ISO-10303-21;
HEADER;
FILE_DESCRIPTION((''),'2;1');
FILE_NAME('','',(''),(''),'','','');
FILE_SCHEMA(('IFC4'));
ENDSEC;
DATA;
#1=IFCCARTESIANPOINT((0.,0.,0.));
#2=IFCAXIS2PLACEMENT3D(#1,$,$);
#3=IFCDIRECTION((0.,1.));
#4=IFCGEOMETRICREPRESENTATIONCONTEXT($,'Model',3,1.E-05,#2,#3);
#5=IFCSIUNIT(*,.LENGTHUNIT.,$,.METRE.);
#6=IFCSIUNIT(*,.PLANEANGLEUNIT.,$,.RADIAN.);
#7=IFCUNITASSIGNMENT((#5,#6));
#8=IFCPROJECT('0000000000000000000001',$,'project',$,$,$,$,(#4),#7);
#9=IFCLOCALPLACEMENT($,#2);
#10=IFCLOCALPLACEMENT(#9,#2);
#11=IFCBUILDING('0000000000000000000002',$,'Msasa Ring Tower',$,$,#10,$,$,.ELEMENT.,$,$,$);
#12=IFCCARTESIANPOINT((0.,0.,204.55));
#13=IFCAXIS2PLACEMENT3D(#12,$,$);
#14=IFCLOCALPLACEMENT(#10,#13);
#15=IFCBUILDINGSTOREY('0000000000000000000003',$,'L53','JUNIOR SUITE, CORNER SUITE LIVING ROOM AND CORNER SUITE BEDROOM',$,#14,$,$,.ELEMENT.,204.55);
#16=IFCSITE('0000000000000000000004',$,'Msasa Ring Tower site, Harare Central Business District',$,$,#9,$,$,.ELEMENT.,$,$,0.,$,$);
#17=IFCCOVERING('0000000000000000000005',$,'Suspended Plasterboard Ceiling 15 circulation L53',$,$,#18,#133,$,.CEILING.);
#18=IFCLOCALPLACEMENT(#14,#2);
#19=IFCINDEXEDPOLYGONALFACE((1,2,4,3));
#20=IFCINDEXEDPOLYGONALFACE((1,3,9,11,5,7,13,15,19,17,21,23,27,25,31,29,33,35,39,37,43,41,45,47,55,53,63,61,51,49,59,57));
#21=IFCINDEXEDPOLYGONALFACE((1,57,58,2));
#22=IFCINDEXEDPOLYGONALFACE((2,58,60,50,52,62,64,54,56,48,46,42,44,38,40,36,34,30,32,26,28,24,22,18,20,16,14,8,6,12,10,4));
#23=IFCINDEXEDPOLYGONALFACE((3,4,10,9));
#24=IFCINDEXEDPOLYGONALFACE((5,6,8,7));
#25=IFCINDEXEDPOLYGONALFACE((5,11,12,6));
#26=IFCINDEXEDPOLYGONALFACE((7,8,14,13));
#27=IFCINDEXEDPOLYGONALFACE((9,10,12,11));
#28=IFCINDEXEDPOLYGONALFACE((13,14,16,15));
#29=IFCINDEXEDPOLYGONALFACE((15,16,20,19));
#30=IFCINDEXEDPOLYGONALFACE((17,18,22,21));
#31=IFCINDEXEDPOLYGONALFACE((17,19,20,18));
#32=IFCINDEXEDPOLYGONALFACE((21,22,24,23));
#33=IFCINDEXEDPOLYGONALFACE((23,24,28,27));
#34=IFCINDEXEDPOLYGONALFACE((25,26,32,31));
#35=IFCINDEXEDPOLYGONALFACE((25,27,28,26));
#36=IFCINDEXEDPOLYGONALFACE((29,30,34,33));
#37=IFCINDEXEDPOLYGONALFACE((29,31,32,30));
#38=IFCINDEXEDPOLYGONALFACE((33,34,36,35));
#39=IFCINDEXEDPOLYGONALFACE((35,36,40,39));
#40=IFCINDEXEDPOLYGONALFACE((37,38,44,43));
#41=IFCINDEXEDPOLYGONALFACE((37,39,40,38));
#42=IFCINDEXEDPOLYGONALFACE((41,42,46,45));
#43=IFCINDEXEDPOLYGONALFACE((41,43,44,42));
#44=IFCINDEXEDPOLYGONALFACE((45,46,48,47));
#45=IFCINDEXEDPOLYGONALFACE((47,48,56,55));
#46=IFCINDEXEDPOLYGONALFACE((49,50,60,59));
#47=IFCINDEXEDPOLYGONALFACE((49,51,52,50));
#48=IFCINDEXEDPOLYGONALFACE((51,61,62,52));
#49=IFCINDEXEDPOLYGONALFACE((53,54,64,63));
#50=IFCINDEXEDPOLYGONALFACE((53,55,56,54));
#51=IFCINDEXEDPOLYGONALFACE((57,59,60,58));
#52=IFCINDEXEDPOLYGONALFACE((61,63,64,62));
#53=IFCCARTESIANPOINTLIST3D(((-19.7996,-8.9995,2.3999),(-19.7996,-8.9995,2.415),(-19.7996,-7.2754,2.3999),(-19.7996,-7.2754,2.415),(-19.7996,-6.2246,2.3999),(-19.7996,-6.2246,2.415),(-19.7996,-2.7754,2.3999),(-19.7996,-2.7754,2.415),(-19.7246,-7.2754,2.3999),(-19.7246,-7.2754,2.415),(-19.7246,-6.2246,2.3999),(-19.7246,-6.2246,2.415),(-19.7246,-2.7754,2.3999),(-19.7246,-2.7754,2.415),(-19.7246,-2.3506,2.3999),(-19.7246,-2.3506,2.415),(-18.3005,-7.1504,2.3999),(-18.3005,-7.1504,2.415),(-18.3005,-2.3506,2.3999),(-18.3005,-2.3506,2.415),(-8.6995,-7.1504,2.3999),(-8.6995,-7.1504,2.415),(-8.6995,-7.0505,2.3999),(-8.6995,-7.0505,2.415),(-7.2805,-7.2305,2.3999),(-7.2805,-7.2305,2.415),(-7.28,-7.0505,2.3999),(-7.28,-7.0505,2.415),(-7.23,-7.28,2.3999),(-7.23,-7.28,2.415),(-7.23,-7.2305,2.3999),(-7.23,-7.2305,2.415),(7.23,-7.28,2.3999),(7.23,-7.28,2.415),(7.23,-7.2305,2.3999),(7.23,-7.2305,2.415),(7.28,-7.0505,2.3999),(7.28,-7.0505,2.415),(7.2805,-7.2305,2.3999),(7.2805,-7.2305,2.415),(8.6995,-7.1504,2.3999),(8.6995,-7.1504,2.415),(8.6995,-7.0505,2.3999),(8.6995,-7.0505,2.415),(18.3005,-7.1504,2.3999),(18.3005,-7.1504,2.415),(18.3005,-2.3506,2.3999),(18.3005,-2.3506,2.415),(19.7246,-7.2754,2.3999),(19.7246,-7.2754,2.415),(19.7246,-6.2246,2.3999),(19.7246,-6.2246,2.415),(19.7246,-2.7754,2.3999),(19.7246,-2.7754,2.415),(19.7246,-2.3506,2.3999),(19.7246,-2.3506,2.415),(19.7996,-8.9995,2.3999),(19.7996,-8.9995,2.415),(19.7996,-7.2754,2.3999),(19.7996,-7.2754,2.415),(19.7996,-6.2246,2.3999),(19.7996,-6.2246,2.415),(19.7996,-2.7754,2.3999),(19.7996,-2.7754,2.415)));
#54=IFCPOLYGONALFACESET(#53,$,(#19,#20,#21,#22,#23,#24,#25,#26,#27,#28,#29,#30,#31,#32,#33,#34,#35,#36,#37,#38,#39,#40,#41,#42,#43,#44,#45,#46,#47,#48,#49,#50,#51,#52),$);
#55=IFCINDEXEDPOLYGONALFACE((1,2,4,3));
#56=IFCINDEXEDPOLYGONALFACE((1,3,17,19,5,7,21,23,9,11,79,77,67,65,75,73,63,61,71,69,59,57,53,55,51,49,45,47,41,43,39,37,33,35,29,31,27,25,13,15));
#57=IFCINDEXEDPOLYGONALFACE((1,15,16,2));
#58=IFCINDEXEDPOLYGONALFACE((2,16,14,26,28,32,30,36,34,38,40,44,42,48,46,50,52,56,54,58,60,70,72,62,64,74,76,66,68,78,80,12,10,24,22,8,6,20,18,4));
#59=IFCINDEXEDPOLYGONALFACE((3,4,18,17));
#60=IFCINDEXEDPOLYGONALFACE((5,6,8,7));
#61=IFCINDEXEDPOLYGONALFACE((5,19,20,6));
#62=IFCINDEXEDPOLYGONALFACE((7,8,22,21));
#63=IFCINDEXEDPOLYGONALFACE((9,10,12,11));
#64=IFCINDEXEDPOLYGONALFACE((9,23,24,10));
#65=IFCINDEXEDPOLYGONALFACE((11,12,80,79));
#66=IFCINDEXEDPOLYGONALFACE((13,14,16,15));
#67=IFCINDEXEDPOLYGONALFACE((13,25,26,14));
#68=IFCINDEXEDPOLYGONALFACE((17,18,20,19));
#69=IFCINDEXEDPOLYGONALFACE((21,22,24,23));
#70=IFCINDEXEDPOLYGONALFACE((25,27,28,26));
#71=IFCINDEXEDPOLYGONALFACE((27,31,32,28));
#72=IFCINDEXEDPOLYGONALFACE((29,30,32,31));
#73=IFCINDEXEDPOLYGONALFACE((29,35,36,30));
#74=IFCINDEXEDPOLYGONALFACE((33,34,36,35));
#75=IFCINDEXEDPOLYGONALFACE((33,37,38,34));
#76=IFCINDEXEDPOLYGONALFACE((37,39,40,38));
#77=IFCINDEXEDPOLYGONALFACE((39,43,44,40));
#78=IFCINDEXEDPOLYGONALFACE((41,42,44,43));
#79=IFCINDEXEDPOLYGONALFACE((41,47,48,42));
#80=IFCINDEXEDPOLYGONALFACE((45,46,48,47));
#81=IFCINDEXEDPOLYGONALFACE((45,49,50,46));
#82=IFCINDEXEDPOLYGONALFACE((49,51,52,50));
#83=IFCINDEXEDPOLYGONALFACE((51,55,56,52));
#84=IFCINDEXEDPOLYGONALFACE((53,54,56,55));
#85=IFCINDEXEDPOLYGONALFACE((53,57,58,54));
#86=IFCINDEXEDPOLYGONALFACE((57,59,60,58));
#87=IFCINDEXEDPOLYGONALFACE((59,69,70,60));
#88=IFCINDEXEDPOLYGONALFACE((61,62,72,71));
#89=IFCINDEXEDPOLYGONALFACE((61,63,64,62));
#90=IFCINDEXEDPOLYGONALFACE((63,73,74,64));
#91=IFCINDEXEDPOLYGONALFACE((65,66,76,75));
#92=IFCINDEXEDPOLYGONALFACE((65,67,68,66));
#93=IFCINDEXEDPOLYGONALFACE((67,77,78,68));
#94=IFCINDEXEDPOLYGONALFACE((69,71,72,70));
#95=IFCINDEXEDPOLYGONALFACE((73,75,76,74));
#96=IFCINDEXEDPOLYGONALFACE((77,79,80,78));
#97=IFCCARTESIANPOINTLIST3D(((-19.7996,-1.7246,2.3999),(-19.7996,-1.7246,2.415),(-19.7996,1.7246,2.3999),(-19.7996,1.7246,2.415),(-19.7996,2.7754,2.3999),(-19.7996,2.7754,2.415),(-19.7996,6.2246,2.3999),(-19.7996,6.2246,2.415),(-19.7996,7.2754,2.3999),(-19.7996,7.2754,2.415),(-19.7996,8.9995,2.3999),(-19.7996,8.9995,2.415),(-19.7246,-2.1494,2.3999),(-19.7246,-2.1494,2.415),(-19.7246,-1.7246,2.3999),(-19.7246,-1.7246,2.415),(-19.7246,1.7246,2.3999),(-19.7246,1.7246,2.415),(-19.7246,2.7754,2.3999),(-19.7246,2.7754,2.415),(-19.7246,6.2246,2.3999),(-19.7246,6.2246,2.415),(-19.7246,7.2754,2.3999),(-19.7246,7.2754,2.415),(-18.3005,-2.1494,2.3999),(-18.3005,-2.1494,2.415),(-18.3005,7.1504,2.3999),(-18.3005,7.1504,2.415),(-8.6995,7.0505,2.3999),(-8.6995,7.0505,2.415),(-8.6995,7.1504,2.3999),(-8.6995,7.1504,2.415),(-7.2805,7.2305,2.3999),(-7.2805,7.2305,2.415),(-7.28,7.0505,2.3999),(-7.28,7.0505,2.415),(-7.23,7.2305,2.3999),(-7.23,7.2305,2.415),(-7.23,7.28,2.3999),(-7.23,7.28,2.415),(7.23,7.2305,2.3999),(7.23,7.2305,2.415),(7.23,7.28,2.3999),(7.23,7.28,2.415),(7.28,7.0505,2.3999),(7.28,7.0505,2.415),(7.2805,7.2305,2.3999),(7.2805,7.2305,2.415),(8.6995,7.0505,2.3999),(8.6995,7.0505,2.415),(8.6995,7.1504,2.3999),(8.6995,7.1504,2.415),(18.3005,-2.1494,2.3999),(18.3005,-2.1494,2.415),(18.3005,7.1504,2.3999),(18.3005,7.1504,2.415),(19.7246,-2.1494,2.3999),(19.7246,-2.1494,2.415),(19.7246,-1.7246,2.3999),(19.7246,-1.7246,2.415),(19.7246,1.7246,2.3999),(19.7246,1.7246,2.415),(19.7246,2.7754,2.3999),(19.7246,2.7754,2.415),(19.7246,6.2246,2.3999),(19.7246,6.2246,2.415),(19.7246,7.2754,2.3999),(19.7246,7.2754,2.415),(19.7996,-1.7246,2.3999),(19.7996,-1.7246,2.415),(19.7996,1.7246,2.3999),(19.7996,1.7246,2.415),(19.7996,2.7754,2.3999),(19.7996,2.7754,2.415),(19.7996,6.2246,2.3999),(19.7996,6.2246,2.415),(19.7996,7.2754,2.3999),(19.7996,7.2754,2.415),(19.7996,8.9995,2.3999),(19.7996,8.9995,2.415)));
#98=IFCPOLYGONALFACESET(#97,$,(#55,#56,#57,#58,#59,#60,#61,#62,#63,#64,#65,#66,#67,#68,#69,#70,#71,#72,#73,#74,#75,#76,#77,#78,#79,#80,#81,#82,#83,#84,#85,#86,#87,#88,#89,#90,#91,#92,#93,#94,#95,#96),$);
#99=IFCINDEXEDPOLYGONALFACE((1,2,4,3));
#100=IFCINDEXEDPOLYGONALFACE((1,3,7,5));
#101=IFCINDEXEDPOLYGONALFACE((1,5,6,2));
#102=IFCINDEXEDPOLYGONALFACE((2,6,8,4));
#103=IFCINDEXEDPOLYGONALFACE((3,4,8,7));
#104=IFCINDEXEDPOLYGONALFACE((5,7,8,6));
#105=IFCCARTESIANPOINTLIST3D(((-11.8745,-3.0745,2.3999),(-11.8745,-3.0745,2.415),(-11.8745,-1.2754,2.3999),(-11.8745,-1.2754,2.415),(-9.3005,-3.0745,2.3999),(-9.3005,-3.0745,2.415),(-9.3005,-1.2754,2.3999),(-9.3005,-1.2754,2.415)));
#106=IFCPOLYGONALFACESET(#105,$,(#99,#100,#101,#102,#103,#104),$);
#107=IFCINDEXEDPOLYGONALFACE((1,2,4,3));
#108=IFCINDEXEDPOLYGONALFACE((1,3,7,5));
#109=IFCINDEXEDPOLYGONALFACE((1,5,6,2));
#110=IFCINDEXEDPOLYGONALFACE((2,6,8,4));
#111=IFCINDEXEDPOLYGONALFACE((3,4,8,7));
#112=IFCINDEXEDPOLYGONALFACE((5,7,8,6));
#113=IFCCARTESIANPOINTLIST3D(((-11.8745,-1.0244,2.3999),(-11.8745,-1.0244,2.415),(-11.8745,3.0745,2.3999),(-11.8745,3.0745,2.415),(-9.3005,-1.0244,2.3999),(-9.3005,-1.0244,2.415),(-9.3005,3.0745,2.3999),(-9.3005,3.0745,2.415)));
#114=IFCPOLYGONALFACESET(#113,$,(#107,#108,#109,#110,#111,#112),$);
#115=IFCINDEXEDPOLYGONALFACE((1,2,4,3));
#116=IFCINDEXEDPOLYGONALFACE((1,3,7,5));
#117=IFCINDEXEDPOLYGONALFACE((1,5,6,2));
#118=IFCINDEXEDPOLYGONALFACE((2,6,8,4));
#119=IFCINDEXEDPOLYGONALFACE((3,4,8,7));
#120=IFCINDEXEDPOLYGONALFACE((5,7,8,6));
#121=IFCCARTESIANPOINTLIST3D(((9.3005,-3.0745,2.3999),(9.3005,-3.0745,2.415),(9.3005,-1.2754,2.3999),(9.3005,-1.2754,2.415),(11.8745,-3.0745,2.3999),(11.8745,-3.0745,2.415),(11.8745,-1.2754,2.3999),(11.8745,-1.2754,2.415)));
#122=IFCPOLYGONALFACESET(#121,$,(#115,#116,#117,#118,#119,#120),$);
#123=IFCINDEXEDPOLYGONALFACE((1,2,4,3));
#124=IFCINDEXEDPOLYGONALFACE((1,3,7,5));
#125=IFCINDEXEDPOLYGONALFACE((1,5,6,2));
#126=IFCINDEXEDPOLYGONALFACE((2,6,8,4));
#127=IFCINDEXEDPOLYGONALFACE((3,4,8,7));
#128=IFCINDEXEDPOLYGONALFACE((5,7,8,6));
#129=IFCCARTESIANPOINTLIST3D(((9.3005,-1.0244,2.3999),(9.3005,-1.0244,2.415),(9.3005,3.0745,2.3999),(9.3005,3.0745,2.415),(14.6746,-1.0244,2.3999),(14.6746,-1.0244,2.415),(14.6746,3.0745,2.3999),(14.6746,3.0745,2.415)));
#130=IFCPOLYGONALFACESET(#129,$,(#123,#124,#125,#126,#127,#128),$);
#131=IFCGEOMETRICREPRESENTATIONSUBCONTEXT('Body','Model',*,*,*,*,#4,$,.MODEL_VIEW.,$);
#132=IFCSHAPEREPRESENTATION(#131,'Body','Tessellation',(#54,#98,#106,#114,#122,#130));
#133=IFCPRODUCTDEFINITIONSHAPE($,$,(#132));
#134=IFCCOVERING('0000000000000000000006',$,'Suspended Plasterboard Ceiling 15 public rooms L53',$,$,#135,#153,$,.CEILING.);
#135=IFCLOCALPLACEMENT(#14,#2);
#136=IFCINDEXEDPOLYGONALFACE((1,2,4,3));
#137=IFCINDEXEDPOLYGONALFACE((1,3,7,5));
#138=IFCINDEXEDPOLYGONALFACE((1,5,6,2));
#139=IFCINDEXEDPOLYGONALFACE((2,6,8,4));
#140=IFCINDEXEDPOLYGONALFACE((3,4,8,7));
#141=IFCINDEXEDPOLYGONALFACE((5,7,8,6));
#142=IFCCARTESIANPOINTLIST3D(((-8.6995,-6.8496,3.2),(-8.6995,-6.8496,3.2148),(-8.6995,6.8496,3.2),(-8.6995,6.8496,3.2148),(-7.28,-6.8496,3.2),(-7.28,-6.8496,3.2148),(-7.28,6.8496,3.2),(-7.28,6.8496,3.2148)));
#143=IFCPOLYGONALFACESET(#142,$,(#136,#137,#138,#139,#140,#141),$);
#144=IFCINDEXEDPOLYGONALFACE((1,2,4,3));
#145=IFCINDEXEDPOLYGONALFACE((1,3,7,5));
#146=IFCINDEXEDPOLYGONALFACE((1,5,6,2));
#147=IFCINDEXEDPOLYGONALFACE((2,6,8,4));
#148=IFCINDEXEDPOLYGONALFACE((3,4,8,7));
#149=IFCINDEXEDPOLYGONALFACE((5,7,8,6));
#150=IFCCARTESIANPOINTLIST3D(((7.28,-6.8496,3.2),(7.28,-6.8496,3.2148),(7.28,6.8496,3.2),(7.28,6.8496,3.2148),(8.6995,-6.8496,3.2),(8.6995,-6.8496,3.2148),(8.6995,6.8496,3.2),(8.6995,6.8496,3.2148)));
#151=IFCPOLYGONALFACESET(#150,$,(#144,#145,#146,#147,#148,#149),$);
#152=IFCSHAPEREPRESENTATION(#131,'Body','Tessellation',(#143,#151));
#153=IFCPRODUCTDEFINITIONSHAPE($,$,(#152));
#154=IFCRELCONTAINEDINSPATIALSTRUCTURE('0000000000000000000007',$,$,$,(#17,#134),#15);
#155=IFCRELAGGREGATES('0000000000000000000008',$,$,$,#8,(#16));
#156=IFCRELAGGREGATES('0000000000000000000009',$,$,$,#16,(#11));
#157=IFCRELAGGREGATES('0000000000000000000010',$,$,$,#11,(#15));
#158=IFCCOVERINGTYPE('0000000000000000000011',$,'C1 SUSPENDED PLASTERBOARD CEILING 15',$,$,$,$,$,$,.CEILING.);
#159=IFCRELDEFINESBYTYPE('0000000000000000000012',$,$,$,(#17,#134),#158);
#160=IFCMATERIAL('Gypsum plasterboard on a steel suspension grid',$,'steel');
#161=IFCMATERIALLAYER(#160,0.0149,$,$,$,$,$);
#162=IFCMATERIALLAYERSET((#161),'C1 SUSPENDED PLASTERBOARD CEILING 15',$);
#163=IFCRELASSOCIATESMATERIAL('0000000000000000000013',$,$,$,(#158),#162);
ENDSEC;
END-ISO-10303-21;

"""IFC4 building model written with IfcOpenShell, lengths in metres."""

from ifc_helpers import new_model, si_unit, direction, frame, origin, place, context, subcontext, project, spatial, line, indexed_curve, outline, extrude, material, layer, layer_set, type_object, element, save


model = new_model("IFC4")

# Units and contexts
model_context = context("Model", 3, precision=1e-05, world=origin(), true_north=direction((0.0, 1.0)))
body_context = subcontext(model_context, "Body", "Model", "MODEL_VIEW")
ifc_project = project(units=[si_unit("LENGTHUNIT", "METRE"), si_unit("PLANEANGLEUNIT", "RADIAN")], contexts=[model_context])

# Site, building, storey
site_placement = place(None, origin())
site = spatial("IfcSite", under=ifc_project, at=site_placement, Name="Msasa Ring Tower site, Harare Central Business District", CompositionType="ELEMENT", RefElevation=0.0)
building_placement = place(site_placement, origin())
building = spatial("IfcBuilding", under=site, at=building_placement, Name="Msasa Ring Tower", CompositionType="ELEMENT")
storey_placement = place(building_placement, frame((0.0, 0.0, 204.55)))
storey = spatial("IfcBuildingStorey", under=building, at=storey_placement, Name="L53", Description="JUNIOR SUITE, CORNER SUITE LIVING ROOM AND CORNER SUITE BEDROOM", CompositionType="ELEMENT", Elevation=204.55)

# Coverings
ifc_material_1 = material(Name="Gypsum plasterboard on a steel suspension grid", Category="steel")
ifc_layer_1 = layer(ifc_material_1, 0.0149)
ifc_layer_set_1 = layer_set([ifc_layer_1], Name="C1 SUSPENDED PLASTERBOARD CEILING 15")
covering_type_1 = type_object("IfcCoveringType", Name="C1 SUSPENDED PLASTERBOARD CEILING 15", PredefinedType="CEILING", material=ifc_layer_set_1)
covering_1_placement = place(storey_placement, frame((0.0, 0.0, 2.3999)))
element("IfcCovering", 1, at=covering_1_placement, inside=storey, type_object=covering_type_1, Name="Suspended Plasterboard Ceiling 15 circulation L53", PredefinedType="CEILING", context=body_context, shape_type="SweptSolid", body=[
    extrude(outline(indexed_curve([(-8.6995, -7.0505), (-7.28, -7.0505), (-7.2805, -7.2305), (-7.23, -7.2305), (-7.23, -7.28), (7.23, -7.28), (7.23, -7.2305), (7.2805, -7.2305), (7.28, -7.0505), (8.6995, -7.0505), (8.6995, -7.1504), (18.3005, -7.1504), (18.3005, -2.3506), (19.7246, -2.3506), (19.7246, -2.7754), (19.7996, -2.7754), (19.7996, -6.2246), (19.7246, -6.2246), (19.7246, -7.2754), (19.7996, -7.2754), (19.7996, -8.9995), (-19.7996, -8.9995), (-19.7996, -7.2754), (-19.7246, -7.2754), (-19.7246, -6.2246), (-19.7996, -6.2246), (-19.7996, -2.7754), (-19.7246, -2.7754), (-19.7246, -2.3506), (-18.3005, -2.3506), (-18.3005, -7.1504), (-8.6995, -7.1504)], segments=[line(1, 2, 3, 4, 5, 6, 7, 8, 9, 10, 11, 12, 13, 14, 15, 16, 17, 18, 19, 20, 21, 22, 23, 24, 25, 26, 27, 28, 29, 30, 31, 32, 1)], self_intersect=False)), origin(), (0.0, 0.0, 1.0), 0.0151),
    extrude(outline(indexed_curve([(19.7996, 7.2754), (19.7246, 7.2754), (19.7246, 6.2246), (19.7996, 6.2246), (19.7996, 2.7754), (19.7246, 2.7754), (19.7246, 1.7246), (19.7996, 1.7246), (19.7996, -1.7246), (19.7246, -1.7246), (19.7246, -2.1494), (18.3005, -2.1494), (18.3005, 7.1504), (8.6995, 7.1504), (8.6995, 7.0505), (7.28, 7.0505), (7.2805, 7.2305), (7.23, 7.2305), (7.23, 7.28), (-7.23, 7.28), (-7.23, 7.2305), (-7.2805, 7.2305), (-7.28, 7.0505), (-8.6995, 7.0505), (-8.6995, 7.1504), (-18.3005, 7.1504), (-18.3005, -2.1494), (-19.7246, -2.1494), (-19.7246, -1.7246), (-19.7996, -1.7246), (-19.7996, 1.7246), (-19.7246, 1.7246), (-19.7246, 2.7754), (-19.7996, 2.7754), (-19.7996, 6.2246), (-19.7246, 6.2246), (-19.7246, 7.2754), (-19.7996, 7.2754), (-19.7996, 8.9995), (19.7996, 8.9995)], segments=[line(1, 2, 3, 4, 5, 6, 7, 8, 9, 10, 11, 12, 13, 14, 15, 16, 17, 18, 19, 20, 21, 22, 23, 24, 25, 26, 27, 28, 29, 30, 31, 32, 33, 34, 35, 36, 37, 38, 39, 40, 1)], self_intersect=False)), origin(), (0.0, 0.0, 1.0), 0.0151),
    extrude(outline(indexed_curve([(-11.8745, -3.0745), (-11.8745, -1.2754), (-9.3005, -1.2754), (-9.3005, -3.0745)], segments=[line(1, 2, 3, 4, 1)], self_intersect=False)), origin(), (0.0, 0.0, 1.0), 0.0151),
    extrude(outline(indexed_curve([(-9.3005, -1.0244), (-11.8745, -1.0244), (-11.8745, 3.0745), (-9.3005, 3.0745)], segments=[line(1, 2, 3, 4, 1)], self_intersect=False)), origin(), (0.0, 0.0, 1.0), 0.0151),
    extrude(outline(indexed_curve([(9.3005, -3.0745), (9.3005, -1.2754), (11.8745, -1.2754), (11.8745, -3.0745)], segments=[line(1, 2, 3, 4, 1)], self_intersect=False)), origin(), (0.0, 0.0, 1.0), 0.0151),
    extrude(outline(indexed_curve([(9.3005, -1.0244), (9.3005, 3.0745), (14.6746, 3.0745), (14.6746, -1.0244)], segments=[line(1, 2, 3, 4, 1)], self_intersect=False)), origin(), (0.0, 0.0, 1.0), 0.0151),
])
covering_2_placement = place(storey_placement, frame((0.0, 0.0, 3.2)))
element("IfcCovering", 2, at=covering_2_placement, inside=storey, type_object=covering_type_1, Name="Suspended Plasterboard Ceiling 15 public rooms L53", PredefinedType="CEILING", context=body_context, shape_type="SweptSolid", body=[
    extrude(outline(indexed_curve([(-7.28, 6.8496), (-7.28, -6.8496), (-8.6995, -6.8496), (-8.6995, 6.8496)], segments=[line(1, 2, 3, 4, 1)], self_intersect=False)), origin(), (0.0, 0.0, 1.0), 0.0149),
    extrude(outline(indexed_curve([(8.6995, 6.8496), (8.6995, -6.8496), (7.28, -6.8496), (7.28, 6.8496)], segments=[line(1, 2, 3, 4, 1)], self_intersect=False)), origin(), (0.0, 0.0, 1.0), 0.0149),
])

save(model, "model.ifc")
